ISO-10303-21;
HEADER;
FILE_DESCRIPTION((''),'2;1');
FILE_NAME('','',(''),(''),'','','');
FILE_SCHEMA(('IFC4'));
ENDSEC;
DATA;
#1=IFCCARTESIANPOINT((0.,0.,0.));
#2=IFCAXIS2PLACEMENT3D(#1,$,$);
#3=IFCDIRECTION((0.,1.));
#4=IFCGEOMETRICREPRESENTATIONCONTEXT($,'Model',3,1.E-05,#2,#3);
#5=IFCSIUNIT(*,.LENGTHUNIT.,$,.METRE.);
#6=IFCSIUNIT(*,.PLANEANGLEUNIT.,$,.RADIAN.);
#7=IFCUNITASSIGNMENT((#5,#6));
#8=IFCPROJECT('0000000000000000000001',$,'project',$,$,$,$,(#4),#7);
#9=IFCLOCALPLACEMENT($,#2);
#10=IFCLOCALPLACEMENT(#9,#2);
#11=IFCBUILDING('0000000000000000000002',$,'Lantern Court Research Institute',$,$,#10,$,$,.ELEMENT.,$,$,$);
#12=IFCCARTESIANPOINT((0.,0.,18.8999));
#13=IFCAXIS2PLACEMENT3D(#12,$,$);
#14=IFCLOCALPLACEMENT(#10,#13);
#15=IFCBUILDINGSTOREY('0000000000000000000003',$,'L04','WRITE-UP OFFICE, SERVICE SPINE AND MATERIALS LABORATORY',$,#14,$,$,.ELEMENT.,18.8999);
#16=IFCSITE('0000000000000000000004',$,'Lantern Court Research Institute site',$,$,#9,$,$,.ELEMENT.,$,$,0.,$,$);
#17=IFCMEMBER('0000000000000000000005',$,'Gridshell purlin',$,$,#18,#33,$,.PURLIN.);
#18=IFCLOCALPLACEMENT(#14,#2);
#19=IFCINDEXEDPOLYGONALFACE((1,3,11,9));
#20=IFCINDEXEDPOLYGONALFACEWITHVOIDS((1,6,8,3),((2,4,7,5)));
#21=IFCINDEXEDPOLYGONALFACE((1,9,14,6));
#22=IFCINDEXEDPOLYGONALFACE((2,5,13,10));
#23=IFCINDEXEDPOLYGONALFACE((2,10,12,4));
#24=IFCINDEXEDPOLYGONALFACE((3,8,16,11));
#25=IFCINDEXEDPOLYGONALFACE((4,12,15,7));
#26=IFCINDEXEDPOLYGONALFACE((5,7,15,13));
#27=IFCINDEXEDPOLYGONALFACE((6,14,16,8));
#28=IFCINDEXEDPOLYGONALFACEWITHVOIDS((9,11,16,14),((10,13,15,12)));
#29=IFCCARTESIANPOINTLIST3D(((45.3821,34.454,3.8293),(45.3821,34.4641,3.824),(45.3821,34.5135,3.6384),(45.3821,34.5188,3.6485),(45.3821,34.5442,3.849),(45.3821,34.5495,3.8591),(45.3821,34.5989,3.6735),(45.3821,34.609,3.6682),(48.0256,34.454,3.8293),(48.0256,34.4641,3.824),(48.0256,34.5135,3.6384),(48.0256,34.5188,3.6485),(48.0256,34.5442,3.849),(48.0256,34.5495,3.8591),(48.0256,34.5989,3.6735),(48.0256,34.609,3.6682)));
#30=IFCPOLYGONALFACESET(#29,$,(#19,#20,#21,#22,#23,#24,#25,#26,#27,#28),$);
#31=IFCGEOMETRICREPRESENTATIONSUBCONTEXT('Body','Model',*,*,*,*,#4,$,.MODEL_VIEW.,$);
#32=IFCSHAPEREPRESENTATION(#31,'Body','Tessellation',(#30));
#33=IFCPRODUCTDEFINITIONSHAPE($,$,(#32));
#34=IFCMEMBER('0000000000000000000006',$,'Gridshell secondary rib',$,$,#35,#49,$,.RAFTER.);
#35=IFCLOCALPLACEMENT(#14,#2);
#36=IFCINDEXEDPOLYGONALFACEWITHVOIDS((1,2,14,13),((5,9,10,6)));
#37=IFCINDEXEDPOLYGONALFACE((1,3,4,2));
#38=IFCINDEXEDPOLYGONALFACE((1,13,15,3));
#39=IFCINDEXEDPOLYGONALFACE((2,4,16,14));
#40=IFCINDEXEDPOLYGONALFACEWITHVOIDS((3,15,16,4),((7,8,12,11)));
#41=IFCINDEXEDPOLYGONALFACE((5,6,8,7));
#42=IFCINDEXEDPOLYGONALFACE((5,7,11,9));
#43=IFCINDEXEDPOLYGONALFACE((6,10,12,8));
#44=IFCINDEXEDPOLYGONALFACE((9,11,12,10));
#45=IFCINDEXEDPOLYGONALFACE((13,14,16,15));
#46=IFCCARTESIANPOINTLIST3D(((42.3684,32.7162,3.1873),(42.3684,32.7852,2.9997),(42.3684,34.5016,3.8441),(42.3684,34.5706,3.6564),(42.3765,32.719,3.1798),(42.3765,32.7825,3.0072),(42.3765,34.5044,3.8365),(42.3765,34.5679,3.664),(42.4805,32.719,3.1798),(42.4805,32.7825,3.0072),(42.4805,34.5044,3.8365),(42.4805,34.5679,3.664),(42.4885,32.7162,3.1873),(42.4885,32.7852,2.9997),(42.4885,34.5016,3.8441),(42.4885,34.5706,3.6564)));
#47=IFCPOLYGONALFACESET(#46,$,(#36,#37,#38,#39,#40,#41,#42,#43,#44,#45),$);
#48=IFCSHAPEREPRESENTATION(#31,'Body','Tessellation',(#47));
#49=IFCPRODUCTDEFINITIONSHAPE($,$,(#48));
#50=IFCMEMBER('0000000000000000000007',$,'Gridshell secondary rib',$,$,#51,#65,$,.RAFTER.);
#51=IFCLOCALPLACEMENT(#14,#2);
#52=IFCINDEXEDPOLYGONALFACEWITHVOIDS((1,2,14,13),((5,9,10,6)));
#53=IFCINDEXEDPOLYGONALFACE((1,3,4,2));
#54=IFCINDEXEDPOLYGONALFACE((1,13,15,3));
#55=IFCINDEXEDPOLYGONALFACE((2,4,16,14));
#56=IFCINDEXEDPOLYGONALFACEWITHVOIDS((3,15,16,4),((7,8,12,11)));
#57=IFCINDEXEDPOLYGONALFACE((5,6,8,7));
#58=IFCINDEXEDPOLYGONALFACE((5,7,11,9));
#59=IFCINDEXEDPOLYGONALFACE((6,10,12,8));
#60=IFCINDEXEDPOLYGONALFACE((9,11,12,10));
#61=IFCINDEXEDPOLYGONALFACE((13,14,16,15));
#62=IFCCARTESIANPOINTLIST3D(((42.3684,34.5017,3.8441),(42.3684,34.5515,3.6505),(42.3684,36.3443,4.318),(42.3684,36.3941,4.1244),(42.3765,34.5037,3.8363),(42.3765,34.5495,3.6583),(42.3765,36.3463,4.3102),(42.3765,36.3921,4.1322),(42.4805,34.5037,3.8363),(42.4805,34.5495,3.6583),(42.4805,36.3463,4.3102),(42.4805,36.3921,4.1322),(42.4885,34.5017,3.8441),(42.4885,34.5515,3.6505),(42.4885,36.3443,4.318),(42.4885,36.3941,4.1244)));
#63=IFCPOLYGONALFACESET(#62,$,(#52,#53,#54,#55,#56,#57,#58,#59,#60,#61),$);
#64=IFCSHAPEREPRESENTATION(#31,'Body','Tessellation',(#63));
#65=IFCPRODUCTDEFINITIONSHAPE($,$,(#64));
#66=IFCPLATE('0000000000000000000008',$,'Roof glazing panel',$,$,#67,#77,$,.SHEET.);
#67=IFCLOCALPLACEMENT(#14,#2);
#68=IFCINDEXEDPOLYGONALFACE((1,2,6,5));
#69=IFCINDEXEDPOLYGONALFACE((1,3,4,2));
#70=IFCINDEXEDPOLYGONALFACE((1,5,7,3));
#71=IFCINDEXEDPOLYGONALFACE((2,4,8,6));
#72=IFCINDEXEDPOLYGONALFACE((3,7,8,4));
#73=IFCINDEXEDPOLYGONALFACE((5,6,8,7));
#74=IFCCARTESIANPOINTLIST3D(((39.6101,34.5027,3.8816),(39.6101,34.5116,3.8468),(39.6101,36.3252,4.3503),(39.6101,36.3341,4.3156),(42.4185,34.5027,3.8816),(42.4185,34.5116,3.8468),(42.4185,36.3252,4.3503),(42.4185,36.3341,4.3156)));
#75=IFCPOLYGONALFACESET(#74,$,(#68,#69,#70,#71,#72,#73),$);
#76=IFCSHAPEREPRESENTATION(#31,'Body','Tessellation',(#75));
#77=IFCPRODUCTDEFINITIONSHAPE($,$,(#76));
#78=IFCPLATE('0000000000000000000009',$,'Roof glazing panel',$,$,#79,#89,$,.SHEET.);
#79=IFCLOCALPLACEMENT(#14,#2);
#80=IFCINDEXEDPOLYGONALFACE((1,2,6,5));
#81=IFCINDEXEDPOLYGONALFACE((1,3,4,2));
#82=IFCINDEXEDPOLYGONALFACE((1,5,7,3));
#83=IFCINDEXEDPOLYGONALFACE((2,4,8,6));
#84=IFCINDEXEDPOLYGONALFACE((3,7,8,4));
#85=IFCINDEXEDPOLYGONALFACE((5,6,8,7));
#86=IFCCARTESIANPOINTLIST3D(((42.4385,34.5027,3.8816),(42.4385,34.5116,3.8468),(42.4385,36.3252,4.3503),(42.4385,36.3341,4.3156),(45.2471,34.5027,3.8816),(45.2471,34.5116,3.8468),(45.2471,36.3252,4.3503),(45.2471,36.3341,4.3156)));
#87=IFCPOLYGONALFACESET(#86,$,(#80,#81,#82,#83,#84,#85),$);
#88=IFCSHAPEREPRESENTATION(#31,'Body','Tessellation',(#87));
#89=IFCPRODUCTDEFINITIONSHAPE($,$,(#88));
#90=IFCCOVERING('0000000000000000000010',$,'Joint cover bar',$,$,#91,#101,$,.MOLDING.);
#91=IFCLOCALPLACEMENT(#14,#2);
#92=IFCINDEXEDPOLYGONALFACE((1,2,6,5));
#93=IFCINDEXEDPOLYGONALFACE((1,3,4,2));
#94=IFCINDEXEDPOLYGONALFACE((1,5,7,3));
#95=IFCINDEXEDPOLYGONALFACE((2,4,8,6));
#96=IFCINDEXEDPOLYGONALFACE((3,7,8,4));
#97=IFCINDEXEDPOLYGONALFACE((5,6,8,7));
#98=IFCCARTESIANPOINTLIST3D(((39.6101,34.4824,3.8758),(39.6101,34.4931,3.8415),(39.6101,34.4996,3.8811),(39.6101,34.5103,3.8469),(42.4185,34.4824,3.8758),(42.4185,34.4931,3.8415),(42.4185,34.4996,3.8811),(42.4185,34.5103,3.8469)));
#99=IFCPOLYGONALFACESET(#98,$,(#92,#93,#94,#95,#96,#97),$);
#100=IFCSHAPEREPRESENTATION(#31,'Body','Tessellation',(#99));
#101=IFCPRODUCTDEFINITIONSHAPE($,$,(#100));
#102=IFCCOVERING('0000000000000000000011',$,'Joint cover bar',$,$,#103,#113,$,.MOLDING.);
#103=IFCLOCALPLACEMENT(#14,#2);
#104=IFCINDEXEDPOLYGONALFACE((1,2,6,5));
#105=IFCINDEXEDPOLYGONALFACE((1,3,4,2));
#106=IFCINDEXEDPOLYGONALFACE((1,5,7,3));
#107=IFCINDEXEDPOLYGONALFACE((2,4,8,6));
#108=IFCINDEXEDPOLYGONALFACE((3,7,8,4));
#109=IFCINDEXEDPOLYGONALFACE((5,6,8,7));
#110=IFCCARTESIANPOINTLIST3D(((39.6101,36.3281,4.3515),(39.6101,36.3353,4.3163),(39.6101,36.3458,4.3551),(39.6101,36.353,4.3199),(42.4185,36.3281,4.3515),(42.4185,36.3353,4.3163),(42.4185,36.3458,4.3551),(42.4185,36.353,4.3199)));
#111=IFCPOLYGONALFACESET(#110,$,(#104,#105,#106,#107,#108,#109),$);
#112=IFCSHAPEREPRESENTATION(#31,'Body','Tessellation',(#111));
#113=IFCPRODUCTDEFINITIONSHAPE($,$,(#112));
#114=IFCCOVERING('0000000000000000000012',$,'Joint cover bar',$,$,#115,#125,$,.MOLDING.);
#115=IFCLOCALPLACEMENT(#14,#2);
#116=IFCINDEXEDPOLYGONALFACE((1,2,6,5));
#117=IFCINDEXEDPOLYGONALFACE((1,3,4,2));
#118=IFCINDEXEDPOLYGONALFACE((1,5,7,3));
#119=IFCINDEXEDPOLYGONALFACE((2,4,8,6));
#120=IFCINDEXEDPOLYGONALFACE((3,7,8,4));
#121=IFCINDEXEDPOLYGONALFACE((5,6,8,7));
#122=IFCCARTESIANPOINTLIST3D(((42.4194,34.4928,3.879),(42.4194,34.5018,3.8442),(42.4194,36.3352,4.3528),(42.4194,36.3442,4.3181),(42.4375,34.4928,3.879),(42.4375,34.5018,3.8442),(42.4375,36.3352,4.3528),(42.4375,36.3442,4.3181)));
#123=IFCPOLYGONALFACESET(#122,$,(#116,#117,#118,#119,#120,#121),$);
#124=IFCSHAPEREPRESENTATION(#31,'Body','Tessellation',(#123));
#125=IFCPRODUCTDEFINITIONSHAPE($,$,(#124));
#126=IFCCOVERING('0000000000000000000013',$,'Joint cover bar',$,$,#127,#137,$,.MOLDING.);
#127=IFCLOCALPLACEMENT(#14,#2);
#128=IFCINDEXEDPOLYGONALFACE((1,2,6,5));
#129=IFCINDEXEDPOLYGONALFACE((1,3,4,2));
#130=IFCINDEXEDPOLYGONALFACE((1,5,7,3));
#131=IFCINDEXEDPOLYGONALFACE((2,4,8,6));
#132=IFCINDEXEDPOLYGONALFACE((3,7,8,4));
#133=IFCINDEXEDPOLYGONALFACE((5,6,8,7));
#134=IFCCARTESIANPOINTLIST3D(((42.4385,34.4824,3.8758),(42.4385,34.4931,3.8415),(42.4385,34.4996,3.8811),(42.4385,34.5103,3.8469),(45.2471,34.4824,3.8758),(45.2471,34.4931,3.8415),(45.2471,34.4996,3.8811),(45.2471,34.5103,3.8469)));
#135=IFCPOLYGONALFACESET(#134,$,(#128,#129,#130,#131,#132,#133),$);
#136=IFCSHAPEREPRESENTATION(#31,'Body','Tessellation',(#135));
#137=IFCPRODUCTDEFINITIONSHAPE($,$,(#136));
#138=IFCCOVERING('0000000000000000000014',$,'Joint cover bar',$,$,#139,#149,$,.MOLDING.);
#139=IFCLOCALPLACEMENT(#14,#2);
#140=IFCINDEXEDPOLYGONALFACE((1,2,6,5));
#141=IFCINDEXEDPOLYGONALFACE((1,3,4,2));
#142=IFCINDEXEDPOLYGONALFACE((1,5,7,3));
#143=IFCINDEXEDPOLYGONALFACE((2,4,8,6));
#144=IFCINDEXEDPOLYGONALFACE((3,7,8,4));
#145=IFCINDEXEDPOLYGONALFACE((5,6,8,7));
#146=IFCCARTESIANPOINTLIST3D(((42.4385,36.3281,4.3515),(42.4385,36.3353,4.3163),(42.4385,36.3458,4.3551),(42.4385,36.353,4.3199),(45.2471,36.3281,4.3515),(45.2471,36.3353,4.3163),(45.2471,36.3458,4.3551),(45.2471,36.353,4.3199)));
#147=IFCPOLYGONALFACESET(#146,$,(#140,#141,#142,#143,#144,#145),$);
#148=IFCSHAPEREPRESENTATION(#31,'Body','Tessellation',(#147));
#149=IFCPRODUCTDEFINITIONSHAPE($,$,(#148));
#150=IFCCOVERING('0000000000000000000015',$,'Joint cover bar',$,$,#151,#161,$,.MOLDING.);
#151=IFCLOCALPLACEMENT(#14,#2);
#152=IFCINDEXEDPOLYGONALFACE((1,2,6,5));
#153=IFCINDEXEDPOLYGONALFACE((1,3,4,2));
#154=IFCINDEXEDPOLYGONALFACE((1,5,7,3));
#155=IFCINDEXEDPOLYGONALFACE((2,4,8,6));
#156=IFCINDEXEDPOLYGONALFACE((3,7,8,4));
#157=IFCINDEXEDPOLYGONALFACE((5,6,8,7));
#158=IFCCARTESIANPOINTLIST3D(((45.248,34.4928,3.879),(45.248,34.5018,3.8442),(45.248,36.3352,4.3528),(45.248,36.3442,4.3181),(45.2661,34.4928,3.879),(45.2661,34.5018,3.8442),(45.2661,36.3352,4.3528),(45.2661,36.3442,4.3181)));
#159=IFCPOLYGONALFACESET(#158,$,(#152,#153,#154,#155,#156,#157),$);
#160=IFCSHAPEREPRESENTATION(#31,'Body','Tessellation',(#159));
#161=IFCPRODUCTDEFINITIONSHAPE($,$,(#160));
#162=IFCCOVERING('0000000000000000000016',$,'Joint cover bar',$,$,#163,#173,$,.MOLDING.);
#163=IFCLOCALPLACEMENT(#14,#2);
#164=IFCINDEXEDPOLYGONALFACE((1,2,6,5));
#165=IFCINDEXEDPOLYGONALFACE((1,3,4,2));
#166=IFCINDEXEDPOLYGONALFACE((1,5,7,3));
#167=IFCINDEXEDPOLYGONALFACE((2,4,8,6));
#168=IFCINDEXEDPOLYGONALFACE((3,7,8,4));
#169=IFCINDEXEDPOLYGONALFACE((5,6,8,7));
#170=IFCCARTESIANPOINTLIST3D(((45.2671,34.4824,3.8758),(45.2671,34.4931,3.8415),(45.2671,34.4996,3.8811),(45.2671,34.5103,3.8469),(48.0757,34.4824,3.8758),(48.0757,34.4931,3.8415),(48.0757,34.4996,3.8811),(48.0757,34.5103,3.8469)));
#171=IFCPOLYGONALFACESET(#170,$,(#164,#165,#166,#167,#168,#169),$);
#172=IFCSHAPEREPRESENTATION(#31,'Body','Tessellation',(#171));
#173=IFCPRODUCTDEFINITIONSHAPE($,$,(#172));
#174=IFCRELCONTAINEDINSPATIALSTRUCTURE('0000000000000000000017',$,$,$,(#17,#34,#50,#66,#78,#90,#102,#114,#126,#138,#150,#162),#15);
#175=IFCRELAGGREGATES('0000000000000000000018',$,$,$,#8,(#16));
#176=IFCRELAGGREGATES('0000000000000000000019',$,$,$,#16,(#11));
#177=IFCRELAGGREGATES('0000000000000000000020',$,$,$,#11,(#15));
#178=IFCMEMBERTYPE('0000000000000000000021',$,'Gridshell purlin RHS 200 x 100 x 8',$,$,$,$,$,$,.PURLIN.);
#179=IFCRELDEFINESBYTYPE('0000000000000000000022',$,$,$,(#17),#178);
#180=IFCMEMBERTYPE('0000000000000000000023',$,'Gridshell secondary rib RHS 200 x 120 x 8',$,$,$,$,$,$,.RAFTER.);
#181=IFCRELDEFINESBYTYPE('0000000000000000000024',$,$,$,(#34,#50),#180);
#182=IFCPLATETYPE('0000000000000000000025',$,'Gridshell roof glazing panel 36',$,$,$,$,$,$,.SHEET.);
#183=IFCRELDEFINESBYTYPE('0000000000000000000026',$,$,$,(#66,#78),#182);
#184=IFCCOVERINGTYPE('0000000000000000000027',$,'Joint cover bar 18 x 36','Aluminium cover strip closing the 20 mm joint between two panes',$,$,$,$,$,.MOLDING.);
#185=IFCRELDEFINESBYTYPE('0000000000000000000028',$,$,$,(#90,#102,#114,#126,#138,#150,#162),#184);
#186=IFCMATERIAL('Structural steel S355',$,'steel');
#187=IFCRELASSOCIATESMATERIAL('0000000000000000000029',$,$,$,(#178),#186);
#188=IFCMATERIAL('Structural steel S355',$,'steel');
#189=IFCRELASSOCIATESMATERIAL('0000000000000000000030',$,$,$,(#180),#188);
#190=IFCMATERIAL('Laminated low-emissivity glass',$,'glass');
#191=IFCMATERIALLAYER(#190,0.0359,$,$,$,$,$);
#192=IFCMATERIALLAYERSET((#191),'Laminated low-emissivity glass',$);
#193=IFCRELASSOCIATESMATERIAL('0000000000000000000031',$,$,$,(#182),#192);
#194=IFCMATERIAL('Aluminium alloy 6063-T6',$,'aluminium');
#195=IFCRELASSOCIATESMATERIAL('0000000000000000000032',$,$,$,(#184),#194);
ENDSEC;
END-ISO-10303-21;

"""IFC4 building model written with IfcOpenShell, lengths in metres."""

from ifc_helpers import new_model, si_unit, direction, frame, origin, origin_2d, place, context, subcontext, project, spatial, polyline, rectangle, hollow_rectangle, outline, extrude, material, layer, layer_set, material_profile, profile_set, type_object, element, save


model = new_model("IFC4")

# Units and contexts
model_context = context("Model", 3, precision=1e-05, world=origin(), true_north=direction((0.0, 1.0)))
body_context = subcontext(model_context, "Body", "Model", "MODEL_VIEW")
ifc_project = project(units=[si_unit("LENGTHUNIT", "METRE"), si_unit("PLANEANGLEUNIT", "RADIAN")], contexts=[model_context])

# Site, building, storey
site_placement = place(None, origin())
site = spatial("IfcSite", under=ifc_project, at=site_placement, Name="Lantern Court Research Institute site", CompositionType="ELEMENT", RefElevation=0.0)
building_placement = place(site_placement, origin())
building = spatial("IfcBuilding", under=site, at=building_placement, Name="Lantern Court Research Institute", CompositionType="ELEMENT")
storey_placement = place(building_placement, frame((0.0, 0.0, 18.8999)))
storey = spatial("IfcBuildingStorey", under=building, at=storey_placement, Name="L04", Description="WRITE-UP OFFICE, SERVICE SPINE AND MATERIALS LABORATORY", CompositionType="ELEMENT", Elevation=18.8999)

# Members
ifc_material_1 = material(Name="Structural steel S355", Category="steel")
ifc_material_profile_1 = material_profile(ifc_material_1, hollow_rectangle(XDim=0.1001, YDim=0.2, WallThickness=0.0081, at=origin_2d()), Name="Gridshell purlin RHS 200 x 100 x 8")
ifc_profile_set_1 = profile_set([ifc_material_profile_1], Name="Structural steel S355")
member_type_1 = type_object("IfcMemberType", Name="Gridshell purlin RHS 200 x 100 x 8", PredefinedType="PURLIN", material=ifc_profile_set_1)
for number, where, z_axis, x_axis, name in (
    (1, (45.3821, 34.5315, 3.7488), (1.0, 0.0, 0.0), (0.0, 0.954713, 0.297528), "Gridshell purlin"),
):
    element("IfcMember", number, at=place(storey_placement, frame(where, z_axis=z_axis, x_axis=x_axis)), inside=storey, type_object=member_type_1, Name=name, PredefinedType="PURLIN", context=body_context, shape_type="SweptSolid", body=[
        extrude(hollow_rectangle(XDim=0.1001, YDim=0.2, WallThickness=0.0081, at=origin_2d()), origin(), (0.0, 0.0, 1.0), 2.6436),
    ])
ifc_material_2 = material(Name="Structural steel S355", Category="steel")
ifc_material_profile_2 = material_profile(ifc_material_2, hollow_rectangle(XDim=0.1201, YDim=0.2, WallThickness=0.0081, at=origin_2d()), Name="Gridshell secondary rib RHS 200 x 120 x 8")
ifc_profile_set_2 = profile_set([ifc_material_profile_2], Name="Structural steel S355")
member_type_2 = type_object("IfcMemberType", Name="Gridshell secondary rib RHS 200 x 120 x 8", PredefinedType="RAFTER", material=ifc_profile_set_2)
member_1_placement = place(storey_placement, frame((42.4285, 32.7507, 3.0935), z_axis=(0.0, 0.93852, 0.345224), x_axis=(-1.0, 0.0, 0.0)))
element("IfcMember", 2, at=member_1_placement, inside=storey, type_object=member_type_2, Name="Gridshell secondary rib", PredefinedType="RAFTER", context=body_context, shape_type="SweptSolid", body=[
    extrude(hollow_rectangle(XDim=0.1201, YDim=0.2, WallThickness=0.0081, at=origin_2d()), origin(), (0.0, 0.0, 1.0), 1.9023),
])
member_2_placement = place(storey_placement, frame((42.4285, 34.5266, 3.7473), z_axis=(0.0, 0.968482, 0.249082), x_axis=(-1.0, 0.0, 0.0)))
element("IfcMember", 3, at=member_2_placement, inside=storey, type_object=member_type_2, Name="Gridshell secondary rib", PredefinedType="RAFTER", context=body_context, shape_type="SweptSolid", body=[
    extrude(hollow_rectangle(XDim=0.1201, YDim=0.2, WallThickness=0.0081, at=origin_2d()), origin(), (0.0, 0.0, 1.0), 1.9026),
])

# Plates
ifc_material_3 = material(Name="Laminated low-emissivity glass", Category="glass")
ifc_layer = layer(ifc_material_3, 0.0359)
ifc_layer_set = layer_set([ifc_layer], Name="Laminated low-emissivity glass")
plate_type = type_object("IfcPlateType", Name="Gridshell roof glazing panel 36", PredefinedType="SHEET", material=ifc_layer_set)
plate_1_placement = place(storey_placement, frame((42.4185, 34.5027, 3.8816), z_axis=(0.0, -0.249093, 0.96848), x_axis=(-1.0, 0.0, 0.0)))
element("IfcPlate", 4, at=plate_1_placement, inside=storey, type_object=plate_type, Name="Roof glazing panel", PredefinedType="SHEET", context=body_context, shape_type="SweptSolid", body=[
    extrude(outline(polyline([(0.0, 0.0), (2.8083, 0.0), (2.8083, -1.8818), (0.0, -1.8818), (0.0, 0.0)])), origin(), (0.0, 0.0, -1.0), 0.0359),
])
plate_2_placement = place(storey_placement, frame((45.2471, 34.5027, 3.8816), z_axis=(0.0, -0.249093, 0.96848), x_axis=(-1.0, 0.0, 0.0)))
element("IfcPlate", 5, at=plate_2_placement, inside=storey, type_object=plate_type, Name="Roof glazing panel", PredefinedType="SHEET", context=body_context, shape_type="SweptSolid", body=[
    extrude(outline(polyline([(0.0, 0.0), (2.8086, 0.0), (2.8086, -1.8818), (0.0, -1.8818), (0.0, 0.0)])), origin(), (0.0, 0.0, -1.0), 0.0359),
])

# Coverings
ifc_material_4 = material(Name="Aluminium alloy 6063-T6", Category="aluminium")
ifc_material_profile_3 = material_profile(ifc_material_4, rectangle(XDim=0.0181, YDim=0.0359, at=origin_2d()), Name="Joint cover bar 18 x 36")
ifc_profile_set_3 = profile_set([ifc_material_profile_3], Name="Aluminium alloy 6063-T6")
covering_type = type_object("IfcCoveringType", Name="Joint cover bar 18 x 36", Description="Aluminium cover strip closing the 20 mm joint between two panes", PredefinedType="MOLDING", material=ifc_profile_set_3)
for number, where, z_axis, x_axis, name in (
    (6, (39.6101, 34.4963, 3.8613), (1.0, 0.0, 0.0), (0.0, 0.954713, 0.297528), "Joint cover bar"),
    (7, (39.6101, 36.3406, 4.3357), (1.0, 0.0, 0.0), (0.0, 0.979787, 0.200043), "Joint cover bar"),
):
    element("IfcCovering", number, at=place(storey_placement, frame(where, z_axis=z_axis, x_axis=x_axis)), inside=storey, type_object=covering_type, Name=name, PredefinedType="MOLDING", context=body_context, shape_type="SweptSolid", body=[
        extrude(rectangle(XDim=0.0181, YDim=0.0359, at=origin_2d()), origin(), (0.0, 0.0, 1.0), 2.8083),
    ])
covering_1_placement = place(storey_placement, frame((42.4285, 34.4973, 3.8616), z_axis=(0.0, 0.968474, 0.249113), x_axis=(-1.0, 0.0, 0.0)))
element("IfcCovering", 8, at=covering_1_placement, inside=storey, type_object=covering_type, Name="Joint cover bar", PredefinedType="MOLDING", context=body_context, shape_type="SweptSolid", body=[
    extrude(rectangle(XDim=0.0181, YDim=0.0359, at=origin_2d()), origin(), (0.0, 0.0, 1.0), 1.9023),
])
for number, where, z_axis, x_axis, name in (
    (9, (42.4385, 34.4963, 3.8613), (1.0, 0.0, 0.0), (0.0, 0.954713, 0.297528), "Joint cover bar"),
    (10, (42.4385, 36.3406, 4.3357), (1.0, 0.0, 0.0), (0.0, 0.979787, 0.200043), "Joint cover bar"),
):
    element("IfcCovering", number, at=place(storey_placement, frame(where, z_axis=z_axis, x_axis=x_axis)), inside=storey, type_object=covering_type, Name=name, PredefinedType="MOLDING", context=body_context, shape_type="SweptSolid", body=[
        extrude(rectangle(XDim=0.0181, YDim=0.0359, at=origin_2d()), origin(), (0.0, 0.0, 1.0), 2.8086),
    ])
covering_2_placement = place(storey_placement, frame((45.2571, 34.4973, 3.8616), z_axis=(0.0, 0.968474, 0.249113), x_axis=(-1.0, 0.0, 0.0)))
element("IfcCovering", 11, at=covering_2_placement, inside=storey, type_object=covering_type, Name="Joint cover bar", PredefinedType="MOLDING", context=body_context, shape_type="SweptSolid", body=[
    extrude(rectangle(XDim=0.0181, YDim=0.0359, at=origin_2d()), origin(), (0.0, 0.0, 1.0), 1.9023),
])
covering_3_placement = place(storey_placement, frame((45.2671, 34.4963, 3.8613), z_axis=(1.0, 0.0, 0.0), x_axis=(0.0, 0.954713, 0.297528)))
element("IfcCovering", 12, at=covering_3_placement, inside=storey, type_object=covering_type, Name="Joint cover bar", PredefinedType="MOLDING", context=body_context, shape_type="SweptSolid", body=[
    extrude(rectangle(XDim=0.0181, YDim=0.0359, at=origin_2d()), origin(), (0.0, 0.0, 1.0), 2.8086),
])

save(model, "model.ifc")
